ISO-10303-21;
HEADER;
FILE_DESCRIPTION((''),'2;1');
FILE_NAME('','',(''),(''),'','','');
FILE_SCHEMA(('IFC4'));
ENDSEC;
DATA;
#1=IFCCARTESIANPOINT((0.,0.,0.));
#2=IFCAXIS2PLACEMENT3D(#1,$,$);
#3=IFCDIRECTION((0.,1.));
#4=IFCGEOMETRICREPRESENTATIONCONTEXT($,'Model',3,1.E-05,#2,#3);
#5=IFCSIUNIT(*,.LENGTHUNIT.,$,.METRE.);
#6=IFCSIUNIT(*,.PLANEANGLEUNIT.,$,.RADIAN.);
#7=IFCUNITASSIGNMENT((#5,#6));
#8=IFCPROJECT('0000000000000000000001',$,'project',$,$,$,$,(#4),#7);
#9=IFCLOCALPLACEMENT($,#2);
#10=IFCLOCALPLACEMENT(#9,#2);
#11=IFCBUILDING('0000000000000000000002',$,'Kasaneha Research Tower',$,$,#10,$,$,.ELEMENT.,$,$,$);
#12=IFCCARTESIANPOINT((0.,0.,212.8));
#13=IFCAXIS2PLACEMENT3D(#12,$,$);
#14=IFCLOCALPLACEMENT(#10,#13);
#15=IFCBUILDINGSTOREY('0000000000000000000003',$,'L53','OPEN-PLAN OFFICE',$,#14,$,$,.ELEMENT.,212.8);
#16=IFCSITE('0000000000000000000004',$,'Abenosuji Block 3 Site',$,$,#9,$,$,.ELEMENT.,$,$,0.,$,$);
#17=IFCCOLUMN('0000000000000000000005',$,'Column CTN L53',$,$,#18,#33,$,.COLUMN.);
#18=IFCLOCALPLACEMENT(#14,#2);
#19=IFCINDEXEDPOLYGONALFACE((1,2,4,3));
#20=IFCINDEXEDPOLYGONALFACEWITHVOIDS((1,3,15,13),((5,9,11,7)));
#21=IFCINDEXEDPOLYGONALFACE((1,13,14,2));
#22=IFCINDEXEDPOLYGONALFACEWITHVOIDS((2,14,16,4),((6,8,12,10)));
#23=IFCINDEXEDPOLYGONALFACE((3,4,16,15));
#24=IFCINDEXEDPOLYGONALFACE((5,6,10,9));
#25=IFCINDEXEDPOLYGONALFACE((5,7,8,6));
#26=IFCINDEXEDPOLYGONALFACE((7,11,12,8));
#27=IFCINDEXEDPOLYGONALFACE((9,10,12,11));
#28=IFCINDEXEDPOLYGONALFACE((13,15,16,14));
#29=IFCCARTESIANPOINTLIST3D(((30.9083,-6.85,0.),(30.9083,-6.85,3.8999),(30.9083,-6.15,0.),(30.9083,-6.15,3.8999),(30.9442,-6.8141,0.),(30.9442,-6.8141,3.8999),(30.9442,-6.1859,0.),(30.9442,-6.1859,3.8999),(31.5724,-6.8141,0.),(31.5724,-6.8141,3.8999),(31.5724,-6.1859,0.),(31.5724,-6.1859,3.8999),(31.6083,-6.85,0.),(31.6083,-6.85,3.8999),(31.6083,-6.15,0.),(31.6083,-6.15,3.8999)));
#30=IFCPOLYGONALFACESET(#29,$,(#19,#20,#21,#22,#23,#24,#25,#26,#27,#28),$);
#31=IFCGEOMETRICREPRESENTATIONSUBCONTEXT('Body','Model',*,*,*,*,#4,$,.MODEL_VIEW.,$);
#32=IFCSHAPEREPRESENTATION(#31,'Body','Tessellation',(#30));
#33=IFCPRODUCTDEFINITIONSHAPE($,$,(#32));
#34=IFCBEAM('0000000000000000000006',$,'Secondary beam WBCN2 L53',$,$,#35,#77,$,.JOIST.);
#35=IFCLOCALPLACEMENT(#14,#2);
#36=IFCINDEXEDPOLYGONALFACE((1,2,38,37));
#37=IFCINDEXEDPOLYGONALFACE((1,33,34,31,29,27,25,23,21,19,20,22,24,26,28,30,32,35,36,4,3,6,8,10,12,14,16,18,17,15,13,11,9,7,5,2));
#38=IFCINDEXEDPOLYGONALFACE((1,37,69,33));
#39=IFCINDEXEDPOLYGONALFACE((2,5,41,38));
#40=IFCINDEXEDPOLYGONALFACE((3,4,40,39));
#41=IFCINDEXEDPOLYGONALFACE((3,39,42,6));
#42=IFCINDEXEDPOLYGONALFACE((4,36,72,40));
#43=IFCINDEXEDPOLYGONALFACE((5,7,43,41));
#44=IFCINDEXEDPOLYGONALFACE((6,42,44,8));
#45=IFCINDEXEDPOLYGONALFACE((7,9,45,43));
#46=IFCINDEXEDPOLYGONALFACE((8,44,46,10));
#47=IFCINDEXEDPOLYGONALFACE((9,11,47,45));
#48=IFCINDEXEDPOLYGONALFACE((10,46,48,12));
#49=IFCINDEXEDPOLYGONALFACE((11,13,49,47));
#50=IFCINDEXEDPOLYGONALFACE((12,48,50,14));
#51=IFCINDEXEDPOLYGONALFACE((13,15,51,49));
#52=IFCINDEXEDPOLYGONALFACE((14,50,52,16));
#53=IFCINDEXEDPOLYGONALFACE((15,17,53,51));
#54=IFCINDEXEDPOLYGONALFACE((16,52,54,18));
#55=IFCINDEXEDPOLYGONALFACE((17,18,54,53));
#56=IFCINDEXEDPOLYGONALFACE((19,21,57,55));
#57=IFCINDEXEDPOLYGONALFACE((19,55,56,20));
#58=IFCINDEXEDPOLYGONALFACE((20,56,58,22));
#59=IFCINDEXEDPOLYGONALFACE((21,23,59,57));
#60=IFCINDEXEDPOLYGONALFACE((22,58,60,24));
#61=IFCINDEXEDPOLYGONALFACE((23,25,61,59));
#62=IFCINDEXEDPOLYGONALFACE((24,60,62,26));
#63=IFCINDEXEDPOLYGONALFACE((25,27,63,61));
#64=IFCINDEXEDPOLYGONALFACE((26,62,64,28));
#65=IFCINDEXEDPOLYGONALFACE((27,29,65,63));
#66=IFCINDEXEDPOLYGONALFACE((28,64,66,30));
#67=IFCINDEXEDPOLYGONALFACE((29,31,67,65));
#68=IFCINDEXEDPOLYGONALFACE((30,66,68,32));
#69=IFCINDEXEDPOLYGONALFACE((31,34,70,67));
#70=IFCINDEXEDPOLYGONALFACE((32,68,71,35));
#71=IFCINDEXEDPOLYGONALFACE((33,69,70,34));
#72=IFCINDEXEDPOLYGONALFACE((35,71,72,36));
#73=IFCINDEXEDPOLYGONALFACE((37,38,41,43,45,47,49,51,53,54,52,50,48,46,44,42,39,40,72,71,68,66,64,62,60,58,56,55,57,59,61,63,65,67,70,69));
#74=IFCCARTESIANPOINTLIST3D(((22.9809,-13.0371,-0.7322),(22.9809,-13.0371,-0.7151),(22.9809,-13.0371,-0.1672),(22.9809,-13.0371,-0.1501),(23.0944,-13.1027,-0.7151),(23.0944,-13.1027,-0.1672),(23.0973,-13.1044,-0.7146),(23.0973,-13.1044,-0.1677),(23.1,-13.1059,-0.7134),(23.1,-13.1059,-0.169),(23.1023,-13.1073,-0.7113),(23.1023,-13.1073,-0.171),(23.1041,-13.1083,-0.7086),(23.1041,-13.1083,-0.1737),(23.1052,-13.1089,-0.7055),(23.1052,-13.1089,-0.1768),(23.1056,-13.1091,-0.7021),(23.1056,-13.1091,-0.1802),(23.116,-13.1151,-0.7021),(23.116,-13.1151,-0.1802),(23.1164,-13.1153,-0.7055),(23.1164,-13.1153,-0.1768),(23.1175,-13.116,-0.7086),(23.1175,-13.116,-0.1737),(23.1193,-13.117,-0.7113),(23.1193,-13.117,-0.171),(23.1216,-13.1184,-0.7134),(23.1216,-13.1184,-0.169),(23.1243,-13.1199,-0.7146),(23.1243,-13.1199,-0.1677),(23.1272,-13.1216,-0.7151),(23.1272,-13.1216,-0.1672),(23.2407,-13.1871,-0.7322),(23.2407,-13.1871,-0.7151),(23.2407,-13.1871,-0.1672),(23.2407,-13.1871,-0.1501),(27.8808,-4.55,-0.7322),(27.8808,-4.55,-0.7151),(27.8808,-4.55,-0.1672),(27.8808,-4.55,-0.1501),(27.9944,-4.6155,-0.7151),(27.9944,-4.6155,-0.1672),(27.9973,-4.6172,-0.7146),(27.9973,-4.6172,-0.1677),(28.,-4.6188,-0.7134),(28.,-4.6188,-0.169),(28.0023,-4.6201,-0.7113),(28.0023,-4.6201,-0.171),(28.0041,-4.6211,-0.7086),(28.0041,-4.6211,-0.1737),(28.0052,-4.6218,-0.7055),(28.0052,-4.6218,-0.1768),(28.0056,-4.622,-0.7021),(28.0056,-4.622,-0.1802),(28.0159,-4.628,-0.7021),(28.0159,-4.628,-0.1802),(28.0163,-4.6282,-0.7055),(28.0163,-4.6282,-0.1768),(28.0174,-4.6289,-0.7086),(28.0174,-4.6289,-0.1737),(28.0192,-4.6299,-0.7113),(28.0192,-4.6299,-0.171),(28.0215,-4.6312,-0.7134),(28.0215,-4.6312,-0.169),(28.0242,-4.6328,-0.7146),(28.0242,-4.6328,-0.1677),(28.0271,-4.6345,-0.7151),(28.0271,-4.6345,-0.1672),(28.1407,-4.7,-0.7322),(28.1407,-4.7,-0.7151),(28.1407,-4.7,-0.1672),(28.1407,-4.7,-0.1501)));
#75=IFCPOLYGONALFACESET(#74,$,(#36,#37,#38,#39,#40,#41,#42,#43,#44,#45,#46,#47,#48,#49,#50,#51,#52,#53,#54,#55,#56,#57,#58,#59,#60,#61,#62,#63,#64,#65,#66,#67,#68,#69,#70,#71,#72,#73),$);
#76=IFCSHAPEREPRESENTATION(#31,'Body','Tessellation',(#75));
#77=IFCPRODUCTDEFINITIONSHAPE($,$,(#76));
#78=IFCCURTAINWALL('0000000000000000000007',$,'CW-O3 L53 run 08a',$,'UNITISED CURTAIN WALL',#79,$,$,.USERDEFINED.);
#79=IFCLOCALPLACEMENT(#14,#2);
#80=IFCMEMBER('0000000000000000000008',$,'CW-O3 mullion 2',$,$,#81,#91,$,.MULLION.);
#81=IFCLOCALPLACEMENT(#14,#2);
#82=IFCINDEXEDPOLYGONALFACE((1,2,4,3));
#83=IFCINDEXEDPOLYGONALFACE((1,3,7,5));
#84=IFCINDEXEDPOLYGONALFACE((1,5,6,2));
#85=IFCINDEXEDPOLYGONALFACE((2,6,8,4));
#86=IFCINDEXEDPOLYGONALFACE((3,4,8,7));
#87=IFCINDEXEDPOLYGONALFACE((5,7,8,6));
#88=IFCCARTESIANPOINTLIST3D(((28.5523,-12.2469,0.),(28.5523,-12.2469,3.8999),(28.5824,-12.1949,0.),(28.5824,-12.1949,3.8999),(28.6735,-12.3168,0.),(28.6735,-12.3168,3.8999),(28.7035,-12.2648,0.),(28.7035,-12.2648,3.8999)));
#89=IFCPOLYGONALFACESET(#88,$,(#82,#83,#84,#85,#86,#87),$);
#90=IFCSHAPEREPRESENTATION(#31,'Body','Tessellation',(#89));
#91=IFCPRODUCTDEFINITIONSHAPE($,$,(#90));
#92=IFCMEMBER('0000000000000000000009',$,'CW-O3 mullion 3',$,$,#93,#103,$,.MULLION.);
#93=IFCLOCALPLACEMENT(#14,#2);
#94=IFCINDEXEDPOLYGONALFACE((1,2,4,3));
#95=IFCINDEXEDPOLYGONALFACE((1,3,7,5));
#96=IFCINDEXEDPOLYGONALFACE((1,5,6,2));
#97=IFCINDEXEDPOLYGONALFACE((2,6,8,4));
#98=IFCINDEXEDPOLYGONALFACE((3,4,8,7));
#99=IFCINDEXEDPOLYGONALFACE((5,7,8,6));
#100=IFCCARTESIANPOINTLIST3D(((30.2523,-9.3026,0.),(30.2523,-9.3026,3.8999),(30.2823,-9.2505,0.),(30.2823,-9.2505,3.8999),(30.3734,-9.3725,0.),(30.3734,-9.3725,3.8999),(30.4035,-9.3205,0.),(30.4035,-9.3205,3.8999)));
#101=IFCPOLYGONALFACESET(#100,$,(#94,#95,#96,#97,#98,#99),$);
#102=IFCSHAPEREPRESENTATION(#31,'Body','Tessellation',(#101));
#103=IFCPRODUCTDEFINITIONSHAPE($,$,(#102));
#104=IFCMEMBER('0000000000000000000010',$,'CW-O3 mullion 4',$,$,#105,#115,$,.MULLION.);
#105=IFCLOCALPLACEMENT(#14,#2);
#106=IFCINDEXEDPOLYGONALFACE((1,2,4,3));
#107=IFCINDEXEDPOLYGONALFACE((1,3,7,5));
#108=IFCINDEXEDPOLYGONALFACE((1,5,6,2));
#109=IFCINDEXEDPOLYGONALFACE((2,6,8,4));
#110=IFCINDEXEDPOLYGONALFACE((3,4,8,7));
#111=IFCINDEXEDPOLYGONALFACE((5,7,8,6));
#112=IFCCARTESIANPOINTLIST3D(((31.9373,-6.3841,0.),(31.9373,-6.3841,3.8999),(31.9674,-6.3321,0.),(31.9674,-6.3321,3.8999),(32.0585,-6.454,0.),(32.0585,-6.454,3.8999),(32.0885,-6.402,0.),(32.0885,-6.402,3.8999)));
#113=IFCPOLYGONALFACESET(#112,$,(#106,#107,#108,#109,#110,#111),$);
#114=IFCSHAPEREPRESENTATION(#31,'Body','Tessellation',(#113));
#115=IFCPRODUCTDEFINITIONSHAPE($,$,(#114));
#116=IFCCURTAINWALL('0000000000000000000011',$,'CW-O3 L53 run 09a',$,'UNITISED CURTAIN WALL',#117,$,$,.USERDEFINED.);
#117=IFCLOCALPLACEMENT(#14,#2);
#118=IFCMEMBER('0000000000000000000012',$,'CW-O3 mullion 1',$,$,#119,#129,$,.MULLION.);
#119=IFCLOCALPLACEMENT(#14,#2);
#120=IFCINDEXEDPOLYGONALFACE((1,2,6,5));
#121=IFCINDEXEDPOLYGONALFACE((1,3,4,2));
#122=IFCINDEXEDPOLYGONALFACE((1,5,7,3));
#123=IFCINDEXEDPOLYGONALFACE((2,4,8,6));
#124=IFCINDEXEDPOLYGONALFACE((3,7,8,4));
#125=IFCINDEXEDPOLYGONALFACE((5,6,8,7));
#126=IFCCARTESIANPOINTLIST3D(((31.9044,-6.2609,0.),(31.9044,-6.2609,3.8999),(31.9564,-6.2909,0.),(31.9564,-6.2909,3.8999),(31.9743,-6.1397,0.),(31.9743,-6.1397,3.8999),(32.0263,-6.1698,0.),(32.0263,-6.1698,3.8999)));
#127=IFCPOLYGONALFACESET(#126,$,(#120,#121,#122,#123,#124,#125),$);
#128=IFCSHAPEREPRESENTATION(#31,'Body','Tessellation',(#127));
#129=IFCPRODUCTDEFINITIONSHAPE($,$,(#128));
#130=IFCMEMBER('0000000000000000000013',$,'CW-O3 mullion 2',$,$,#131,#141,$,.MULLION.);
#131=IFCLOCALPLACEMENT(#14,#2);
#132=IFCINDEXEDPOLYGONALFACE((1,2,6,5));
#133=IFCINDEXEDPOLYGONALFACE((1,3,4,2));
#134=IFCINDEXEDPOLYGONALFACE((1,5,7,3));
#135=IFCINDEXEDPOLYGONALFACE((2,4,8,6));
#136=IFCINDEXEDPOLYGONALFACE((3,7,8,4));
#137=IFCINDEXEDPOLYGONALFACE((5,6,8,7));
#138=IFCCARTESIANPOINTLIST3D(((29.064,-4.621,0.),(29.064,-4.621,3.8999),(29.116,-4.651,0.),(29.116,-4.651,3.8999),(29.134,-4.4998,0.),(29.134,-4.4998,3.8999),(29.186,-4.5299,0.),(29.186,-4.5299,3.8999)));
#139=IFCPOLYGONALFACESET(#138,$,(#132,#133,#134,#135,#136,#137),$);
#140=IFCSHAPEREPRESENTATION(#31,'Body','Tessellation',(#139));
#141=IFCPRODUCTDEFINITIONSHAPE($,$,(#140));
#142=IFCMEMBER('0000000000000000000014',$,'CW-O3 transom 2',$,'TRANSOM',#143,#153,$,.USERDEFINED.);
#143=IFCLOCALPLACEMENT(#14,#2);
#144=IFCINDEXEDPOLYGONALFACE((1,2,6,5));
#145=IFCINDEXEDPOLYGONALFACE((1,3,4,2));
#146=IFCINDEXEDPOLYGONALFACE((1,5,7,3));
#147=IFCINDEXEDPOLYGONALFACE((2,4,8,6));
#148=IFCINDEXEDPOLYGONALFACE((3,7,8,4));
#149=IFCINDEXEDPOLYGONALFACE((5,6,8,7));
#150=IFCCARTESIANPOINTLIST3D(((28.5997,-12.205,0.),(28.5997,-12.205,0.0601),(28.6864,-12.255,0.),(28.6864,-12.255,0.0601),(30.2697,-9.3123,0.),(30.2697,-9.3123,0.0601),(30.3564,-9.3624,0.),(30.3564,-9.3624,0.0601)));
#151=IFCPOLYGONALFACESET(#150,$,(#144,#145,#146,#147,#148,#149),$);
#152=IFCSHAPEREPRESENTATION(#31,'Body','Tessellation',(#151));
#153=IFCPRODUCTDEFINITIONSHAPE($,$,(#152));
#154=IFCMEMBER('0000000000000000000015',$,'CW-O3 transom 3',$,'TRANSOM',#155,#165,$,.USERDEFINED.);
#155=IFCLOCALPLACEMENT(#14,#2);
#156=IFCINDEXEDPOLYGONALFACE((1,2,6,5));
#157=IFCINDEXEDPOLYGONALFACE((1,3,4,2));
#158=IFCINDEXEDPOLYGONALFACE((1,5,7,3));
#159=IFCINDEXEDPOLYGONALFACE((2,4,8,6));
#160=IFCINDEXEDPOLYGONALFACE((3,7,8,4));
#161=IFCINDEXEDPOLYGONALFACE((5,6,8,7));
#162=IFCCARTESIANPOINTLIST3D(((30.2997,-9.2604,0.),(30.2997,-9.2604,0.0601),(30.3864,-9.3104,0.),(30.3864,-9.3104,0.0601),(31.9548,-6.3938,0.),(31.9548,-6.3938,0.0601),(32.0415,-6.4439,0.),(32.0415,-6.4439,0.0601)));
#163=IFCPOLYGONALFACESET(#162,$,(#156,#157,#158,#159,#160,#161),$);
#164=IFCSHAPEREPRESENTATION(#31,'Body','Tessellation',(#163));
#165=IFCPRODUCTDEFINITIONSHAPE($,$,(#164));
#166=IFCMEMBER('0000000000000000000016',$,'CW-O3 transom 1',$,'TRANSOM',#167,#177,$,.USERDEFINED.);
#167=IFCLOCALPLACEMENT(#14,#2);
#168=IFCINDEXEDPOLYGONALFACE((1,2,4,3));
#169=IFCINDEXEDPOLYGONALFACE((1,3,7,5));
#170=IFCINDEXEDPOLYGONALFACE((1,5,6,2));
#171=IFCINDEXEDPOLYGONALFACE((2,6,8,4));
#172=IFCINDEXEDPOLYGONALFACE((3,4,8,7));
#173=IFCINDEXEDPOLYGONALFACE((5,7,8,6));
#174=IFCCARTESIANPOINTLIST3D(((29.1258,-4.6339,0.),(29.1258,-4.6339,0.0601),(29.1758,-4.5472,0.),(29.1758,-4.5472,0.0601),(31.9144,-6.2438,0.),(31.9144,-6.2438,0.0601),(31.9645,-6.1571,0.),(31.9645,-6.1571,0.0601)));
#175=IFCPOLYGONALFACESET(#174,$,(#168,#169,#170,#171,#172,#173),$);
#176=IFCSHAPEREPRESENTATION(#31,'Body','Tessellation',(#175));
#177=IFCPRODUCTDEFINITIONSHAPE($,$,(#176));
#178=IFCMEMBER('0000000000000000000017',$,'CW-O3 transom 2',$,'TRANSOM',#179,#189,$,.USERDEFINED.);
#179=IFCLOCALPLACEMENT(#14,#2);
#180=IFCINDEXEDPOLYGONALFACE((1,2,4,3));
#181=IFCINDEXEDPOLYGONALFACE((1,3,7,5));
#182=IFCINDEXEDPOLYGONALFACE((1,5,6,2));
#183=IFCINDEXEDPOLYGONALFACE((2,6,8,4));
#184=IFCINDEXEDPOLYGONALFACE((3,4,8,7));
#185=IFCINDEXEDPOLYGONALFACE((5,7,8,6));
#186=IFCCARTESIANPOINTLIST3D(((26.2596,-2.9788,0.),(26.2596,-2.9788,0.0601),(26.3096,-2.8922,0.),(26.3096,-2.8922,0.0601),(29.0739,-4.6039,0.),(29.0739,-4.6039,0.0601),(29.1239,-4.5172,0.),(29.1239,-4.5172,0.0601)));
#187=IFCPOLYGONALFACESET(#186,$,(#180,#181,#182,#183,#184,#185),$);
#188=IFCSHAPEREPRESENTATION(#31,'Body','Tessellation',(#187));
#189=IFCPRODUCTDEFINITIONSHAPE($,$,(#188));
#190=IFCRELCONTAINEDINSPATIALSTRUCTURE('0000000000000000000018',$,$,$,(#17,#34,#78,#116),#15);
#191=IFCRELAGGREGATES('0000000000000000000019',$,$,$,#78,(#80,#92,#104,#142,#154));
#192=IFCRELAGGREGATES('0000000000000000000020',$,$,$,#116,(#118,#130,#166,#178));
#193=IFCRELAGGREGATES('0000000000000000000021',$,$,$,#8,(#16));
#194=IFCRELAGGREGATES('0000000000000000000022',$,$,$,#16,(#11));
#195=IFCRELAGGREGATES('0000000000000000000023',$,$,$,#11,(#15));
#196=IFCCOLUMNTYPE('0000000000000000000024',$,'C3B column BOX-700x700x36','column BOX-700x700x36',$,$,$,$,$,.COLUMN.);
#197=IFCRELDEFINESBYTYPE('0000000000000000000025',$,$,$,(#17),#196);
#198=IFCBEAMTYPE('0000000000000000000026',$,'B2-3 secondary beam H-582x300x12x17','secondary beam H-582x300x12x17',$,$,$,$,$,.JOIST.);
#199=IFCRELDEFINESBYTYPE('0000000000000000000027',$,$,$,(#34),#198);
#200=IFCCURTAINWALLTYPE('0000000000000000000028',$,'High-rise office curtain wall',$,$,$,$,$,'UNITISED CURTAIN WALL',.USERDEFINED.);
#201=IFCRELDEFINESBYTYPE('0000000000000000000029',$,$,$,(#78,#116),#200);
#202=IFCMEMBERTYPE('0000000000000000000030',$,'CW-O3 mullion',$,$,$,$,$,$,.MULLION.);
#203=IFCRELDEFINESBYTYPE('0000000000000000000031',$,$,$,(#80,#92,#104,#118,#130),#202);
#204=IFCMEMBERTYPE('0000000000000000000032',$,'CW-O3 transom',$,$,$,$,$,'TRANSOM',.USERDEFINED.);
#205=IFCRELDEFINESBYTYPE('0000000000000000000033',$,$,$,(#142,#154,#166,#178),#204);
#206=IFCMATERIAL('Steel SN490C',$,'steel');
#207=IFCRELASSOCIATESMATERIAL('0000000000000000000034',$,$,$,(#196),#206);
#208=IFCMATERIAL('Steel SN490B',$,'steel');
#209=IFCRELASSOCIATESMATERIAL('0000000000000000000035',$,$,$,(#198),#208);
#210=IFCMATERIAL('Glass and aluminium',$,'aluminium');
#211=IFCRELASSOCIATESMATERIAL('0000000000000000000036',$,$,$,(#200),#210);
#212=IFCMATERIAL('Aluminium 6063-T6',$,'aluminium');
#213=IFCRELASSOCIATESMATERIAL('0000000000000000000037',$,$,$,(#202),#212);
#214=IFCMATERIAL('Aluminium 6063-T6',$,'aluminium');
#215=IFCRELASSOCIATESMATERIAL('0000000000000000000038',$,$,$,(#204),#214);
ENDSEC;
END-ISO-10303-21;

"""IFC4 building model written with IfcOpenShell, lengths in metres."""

from ifc_helpers import new_model, si_unit, direction, frame, origin, origin_2d, place, context, subcontext, project, spatial, rectangle, hollow_rectangle, i_section, extrude, material, material_profile, profile_set, type_object, element, aggregate, save


model = new_model("IFC4")

# Units and contexts
model_context = context("Model", 3, precision=1e-05, world=origin(), true_north=direction((0.0, 1.0)))
body_context = subcontext(model_context, "Body", "Model", "MODEL_VIEW")
ifc_project = project(units=[si_unit("LENGTHUNIT", "METRE"), si_unit("PLANEANGLEUNIT", "RADIAN")], contexts=[model_context])

# Site, building, storey
site_placement = place(None, origin())
site = spatial("IfcSite", under=ifc_project, at=site_placement, Name="Abenosuji Block 3 Site", CompositionType="ELEMENT", RefElevation=0.0)
building_placement = place(site_placement, origin())
building = spatial("IfcBuilding", under=site, at=building_placement, Name="Kasaneha Research Tower", CompositionType="ELEMENT")
storey_placement = place(building_placement, frame((0.0, 0.0, 212.8)))
storey = spatial("IfcBuildingStorey", under=building, at=storey_placement, Name="L53", Description="OPEN-PLAN OFFICE", CompositionType="ELEMENT", Elevation=212.8)

# Column
ifc_material_1 = material(Name="Steel SN490C", Category="steel")
ifc_material_profile_1 = material_profile(ifc_material_1, hollow_rectangle(XDim=0.7, YDim=0.7, WallThickness=0.0359, at=origin_2d()), Name="BOX-700x700x36")
ifc_profile_set_1 = profile_set([ifc_material_profile_1], Name="Steel SN490C")
column_type = type_object("IfcColumnType", Name="C3B column BOX-700x700x36", Description="column BOX-700x700x36", PredefinedType="COLUMN", material=ifc_profile_set_1)
column_placement = place(storey_placement, frame((31.2583, -6.5, 0.0), z_axis=(0.0, 0.0, 1.0), x_axis=(1.0, 0.0, 0.0)))
element("IfcColumn", 1, at=column_placement, inside=storey, type_object=column_type, Name="Column CTN L53", PredefinedType="COLUMN", context=body_context, shape_type="SweptSolid", body=[
    extrude(hollow_rectangle(XDim=0.7, YDim=0.7, WallThickness=0.0359, at=origin_2d()), origin(), (0.0, 0.0, 1.0), 3.8999),
])

# Beam
ifc_material_2 = material(Name="Steel SN490B", Category="steel")
ifc_material_profile_2 = material_profile(ifc_material_2, i_section(OverallWidth=0.3, OverallDepth=0.582, WebThickness=0.012, FlangeThickness=0.0171, FilletRadius=0.0129, at=origin_2d()), Name="H-582x300x12x17")
ifc_profile_set_2 = profile_set([ifc_material_profile_2], Name="Steel SN490B")
beam_type_1 = type_object("IfcBeamType", Name="B2-3 secondary beam H-582x300x12x17", Description="secondary beam H-582x300x12x17", PredefinedType="JOIST", material=ifc_profile_set_2)
beam_1_placement = place(storey_placement, frame((28.0107, -4.625, -0.4412), z_axis=(-0.499992, -0.86603, 0.0), x_axis=(0.86603, -0.499992, 0.0)))
element("IfcBeam", 2, at=beam_1_placement, inside=storey, type_object=beam_type_1, Name="Secondary beam WBCN2 L53", PredefinedType="JOIST", context=body_context, shape_type="SweptSolid", body=[
    extrude(i_section(OverallWidth=0.3, OverallDepth=0.582, WebThickness=0.012, FlangeThickness=0.0171, FilletRadius=0.0129, at=origin_2d()), origin(), (0.0, 0.0, 1.0), 9.8),
])

# Curtain walls, members
ifc_material_3 = material(Name="Glass and aluminium", Category="aluminium")
curtain_wall_type = type_object("IfcCurtainWallType", Name="High-rise office curtain wall", ElementType="UNITISED CURTAIN WALL", PredefinedType="USERDEFINED", material=ifc_material_3)
curtain_wall_1_placement = place(storey_placement, origin())
curtain_wall_1 = element("IfcCurtainWall", 3, at=curtain_wall_1_placement, inside=storey, type_object=curtain_wall_type, Name="CW-O3 L53 run 08a", ObjectType="UNITISED CURTAIN WALL", PredefinedType="USERDEFINED")
ifc_material_4 = material(Name="Aluminium 6063-T6", Category="aluminium")
ifc_material_profile_3 = material_profile(ifc_material_4, rectangle(XDim=0.0601, YDim=0.1399, at=origin_2d()), Name="CW-O3 mullion 60x140")
ifc_profile_set_3 = profile_set([ifc_material_profile_3], Name="Aluminium 6063-T6")
member_type_1 = type_object("IfcMemberType", Name="CW-O3 mullion", PredefinedType="MULLION", material=ifc_profile_set_3)
member_1_placement = place(storey_placement, frame((28.6279, -12.2559, 0.0), z_axis=(0.0, 0.0, 1.0), x_axis=(0.5, 0.866025, 0.0)))
member_1 = element("IfcMember", 4, at=member_1_placement, type_object=member_type_1, Name="CW-O3 mullion 2", PredefinedType="MULLION", context=body_context, shape_type="SweptSolid", body=[
    extrude(rectangle(XDim=0.0601, YDim=0.1399, at=origin_2d()), origin(), (0.0, 0.0, 1.0), 3.8999),
])
member_2_placement = place(storey_placement, frame((30.3279, -9.3115, 0.0), z_axis=(0.0, 0.0, 1.0), x_axis=(0.5, 0.866025, 0.0)))
member_2 = element("IfcMember", 5, at=member_2_placement, type_object=member_type_1, Name="CW-O3 mullion 3", PredefinedType="MULLION", context=body_context, shape_type="SweptSolid", body=[
    extrude(rectangle(XDim=0.0601, YDim=0.1399, at=origin_2d()), origin(), (0.0, 0.0, 1.0), 3.8999),
])
member_3_placement = place(storey_placement, frame((32.0129, -6.3931, 0.0), z_axis=(0.0, 0.0, 1.0), x_axis=(0.5, 0.866025, 0.0)))
member_3 = element("IfcMember", 6, at=member_3_placement, type_object=member_type_1, Name="CW-O3 mullion 4", PredefinedType="MULLION", context=body_context, shape_type="SweptSolid", body=[
    extrude(rectangle(XDim=0.0601, YDim=0.1399, at=origin_2d()), origin(), (0.0, 0.0, 1.0), 3.8999),
])
curtain_wall_2_placement = place(storey_placement, origin())
curtain_wall_2 = element("IfcCurtainWall", 7, at=curtain_wall_2_placement, inside=storey, type_object=curtain_wall_type, Name="CW-O3 L53 run 09a", ObjectType="UNITISED CURTAIN WALL", PredefinedType="USERDEFINED")
member_4_placement = place(storey_placement, frame((31.9653, -6.2153, 0.0), z_axis=(0.0, 0.0, 1.0), x_axis=(-0.866025, 0.5, 0.0)))
member_4 = element("IfcMember", 8, at=member_4_placement, type_object=member_type_1, Name="CW-O3 mullion 1", PredefinedType="MULLION", context=body_context, shape_type="SweptSolid", body=[
    extrude(rectangle(XDim=0.0601, YDim=0.1399, at=origin_2d()), origin(), (0.0, 0.0, 1.0), 3.8999),
])
member_5_placement = place(storey_placement, frame((29.125, -4.5754, 0.0), z_axis=(0.0, 0.0, 1.0), x_axis=(-0.866025, 0.5, 0.0)))
member_5 = element("IfcMember", 9, at=member_5_placement, type_object=member_type_1, Name="CW-O3 mullion 2", PredefinedType="MULLION", context=body_context, shape_type="SweptSolid", body=[
    extrude(rectangle(XDim=0.0601, YDim=0.1399, at=origin_2d()), origin(), (0.0, 0.0, 1.0), 3.8999),
])

# Members
ifc_material_5 = material(Name="Aluminium 6063-T6", Category="aluminium")
ifc_material_profile_4 = material_profile(ifc_material_5, rectangle(XDim=0.1001, YDim=0.0601, at=origin_2d()), Name="CW-O3 transom 100x60")
ifc_profile_set_4 = profile_set([ifc_material_profile_4], Name="Aluminium 6063-T6")
member_type_2 = type_object("IfcMemberType", Name="CW-O3 transom", ElementType="TRANSOM", PredefinedType="USERDEFINED", material=ifc_profile_set_4)
member_6_placement = place(storey_placement, frame((28.6431, -12.23, 0.03), z_axis=(0.499976, 0.86604, 0.0), x_axis=(-0.86604, 0.499976, 0.0)))
member_6 = element("IfcMember", 10, at=member_6_placement, type_object=member_type_2, Name="CW-O3 transom 2", ObjectType="TRANSOM", PredefinedType="USERDEFINED", context=body_context, shape_type="SweptSolid", body=[
    extrude(rectangle(XDim=0.1001, YDim=0.0601, at=origin_2d()), origin(), (0.0, 0.0, 1.0), 3.3401),
])
member_7_placement = place(storey_placement, frame((30.343, -9.2854, 0.03), z_axis=(0.500018, 0.866015, 0.0), x_axis=(-0.866015, 0.500018, 0.0)))
member_7 = element("IfcMember", 11, at=member_7_placement, type_object=member_type_2, Name="CW-O3 transom 3", ObjectType="TRANSOM", PredefinedType="USERDEFINED", context=body_context, shape_type="SweptSolid", body=[
    extrude(rectangle(XDim=0.1001, YDim=0.0601, at=origin_2d()), origin(), (0.0, 0.0, 1.0), 3.3101),
])
member_8_placement = place(storey_placement, frame((31.9395, -6.2004, 0.03), z_axis=(-0.866042, 0.499972, 0.0), x_axis=(-0.499972, -0.866042, 0.0)))
member_8 = element("IfcMember", 12, at=member_8_placement, type_object=member_type_2, Name="CW-O3 transom 1", ObjectType="TRANSOM", PredefinedType="USERDEFINED", context=body_context, shape_type="SweptSolid", body=[
    extrude(rectangle(XDim=0.1001, YDim=0.0601, at=origin_2d()), origin(), (0.0, 0.0, 1.0), 3.22),
])
member_9_placement = place(storey_placement, frame((29.0989, -4.5605, 0.03), z_axis=(-0.865997, 0.50005, 0.0), x_axis=(-0.50005, -0.865997, 0.0)))
member_9 = element("IfcMember", 13, at=member_9_placement, type_object=member_type_2, Name="CW-O3 transom 2", ObjectType="TRANSOM", PredefinedType="USERDEFINED", context=body_context, shape_type="SweptSolid", body=[
    extrude(rectangle(XDim=0.1001, YDim=0.0601, at=origin_2d()), origin(), (0.0, 0.0, 1.0), 3.2498),
])

aggregate(curtain_wall_1, [member_1, member_2, member_3, member_6, member_7])
aggregate(curtain_wall_2, [member_4, member_5, member_8, member_9])

save(model, "model.ifc")
